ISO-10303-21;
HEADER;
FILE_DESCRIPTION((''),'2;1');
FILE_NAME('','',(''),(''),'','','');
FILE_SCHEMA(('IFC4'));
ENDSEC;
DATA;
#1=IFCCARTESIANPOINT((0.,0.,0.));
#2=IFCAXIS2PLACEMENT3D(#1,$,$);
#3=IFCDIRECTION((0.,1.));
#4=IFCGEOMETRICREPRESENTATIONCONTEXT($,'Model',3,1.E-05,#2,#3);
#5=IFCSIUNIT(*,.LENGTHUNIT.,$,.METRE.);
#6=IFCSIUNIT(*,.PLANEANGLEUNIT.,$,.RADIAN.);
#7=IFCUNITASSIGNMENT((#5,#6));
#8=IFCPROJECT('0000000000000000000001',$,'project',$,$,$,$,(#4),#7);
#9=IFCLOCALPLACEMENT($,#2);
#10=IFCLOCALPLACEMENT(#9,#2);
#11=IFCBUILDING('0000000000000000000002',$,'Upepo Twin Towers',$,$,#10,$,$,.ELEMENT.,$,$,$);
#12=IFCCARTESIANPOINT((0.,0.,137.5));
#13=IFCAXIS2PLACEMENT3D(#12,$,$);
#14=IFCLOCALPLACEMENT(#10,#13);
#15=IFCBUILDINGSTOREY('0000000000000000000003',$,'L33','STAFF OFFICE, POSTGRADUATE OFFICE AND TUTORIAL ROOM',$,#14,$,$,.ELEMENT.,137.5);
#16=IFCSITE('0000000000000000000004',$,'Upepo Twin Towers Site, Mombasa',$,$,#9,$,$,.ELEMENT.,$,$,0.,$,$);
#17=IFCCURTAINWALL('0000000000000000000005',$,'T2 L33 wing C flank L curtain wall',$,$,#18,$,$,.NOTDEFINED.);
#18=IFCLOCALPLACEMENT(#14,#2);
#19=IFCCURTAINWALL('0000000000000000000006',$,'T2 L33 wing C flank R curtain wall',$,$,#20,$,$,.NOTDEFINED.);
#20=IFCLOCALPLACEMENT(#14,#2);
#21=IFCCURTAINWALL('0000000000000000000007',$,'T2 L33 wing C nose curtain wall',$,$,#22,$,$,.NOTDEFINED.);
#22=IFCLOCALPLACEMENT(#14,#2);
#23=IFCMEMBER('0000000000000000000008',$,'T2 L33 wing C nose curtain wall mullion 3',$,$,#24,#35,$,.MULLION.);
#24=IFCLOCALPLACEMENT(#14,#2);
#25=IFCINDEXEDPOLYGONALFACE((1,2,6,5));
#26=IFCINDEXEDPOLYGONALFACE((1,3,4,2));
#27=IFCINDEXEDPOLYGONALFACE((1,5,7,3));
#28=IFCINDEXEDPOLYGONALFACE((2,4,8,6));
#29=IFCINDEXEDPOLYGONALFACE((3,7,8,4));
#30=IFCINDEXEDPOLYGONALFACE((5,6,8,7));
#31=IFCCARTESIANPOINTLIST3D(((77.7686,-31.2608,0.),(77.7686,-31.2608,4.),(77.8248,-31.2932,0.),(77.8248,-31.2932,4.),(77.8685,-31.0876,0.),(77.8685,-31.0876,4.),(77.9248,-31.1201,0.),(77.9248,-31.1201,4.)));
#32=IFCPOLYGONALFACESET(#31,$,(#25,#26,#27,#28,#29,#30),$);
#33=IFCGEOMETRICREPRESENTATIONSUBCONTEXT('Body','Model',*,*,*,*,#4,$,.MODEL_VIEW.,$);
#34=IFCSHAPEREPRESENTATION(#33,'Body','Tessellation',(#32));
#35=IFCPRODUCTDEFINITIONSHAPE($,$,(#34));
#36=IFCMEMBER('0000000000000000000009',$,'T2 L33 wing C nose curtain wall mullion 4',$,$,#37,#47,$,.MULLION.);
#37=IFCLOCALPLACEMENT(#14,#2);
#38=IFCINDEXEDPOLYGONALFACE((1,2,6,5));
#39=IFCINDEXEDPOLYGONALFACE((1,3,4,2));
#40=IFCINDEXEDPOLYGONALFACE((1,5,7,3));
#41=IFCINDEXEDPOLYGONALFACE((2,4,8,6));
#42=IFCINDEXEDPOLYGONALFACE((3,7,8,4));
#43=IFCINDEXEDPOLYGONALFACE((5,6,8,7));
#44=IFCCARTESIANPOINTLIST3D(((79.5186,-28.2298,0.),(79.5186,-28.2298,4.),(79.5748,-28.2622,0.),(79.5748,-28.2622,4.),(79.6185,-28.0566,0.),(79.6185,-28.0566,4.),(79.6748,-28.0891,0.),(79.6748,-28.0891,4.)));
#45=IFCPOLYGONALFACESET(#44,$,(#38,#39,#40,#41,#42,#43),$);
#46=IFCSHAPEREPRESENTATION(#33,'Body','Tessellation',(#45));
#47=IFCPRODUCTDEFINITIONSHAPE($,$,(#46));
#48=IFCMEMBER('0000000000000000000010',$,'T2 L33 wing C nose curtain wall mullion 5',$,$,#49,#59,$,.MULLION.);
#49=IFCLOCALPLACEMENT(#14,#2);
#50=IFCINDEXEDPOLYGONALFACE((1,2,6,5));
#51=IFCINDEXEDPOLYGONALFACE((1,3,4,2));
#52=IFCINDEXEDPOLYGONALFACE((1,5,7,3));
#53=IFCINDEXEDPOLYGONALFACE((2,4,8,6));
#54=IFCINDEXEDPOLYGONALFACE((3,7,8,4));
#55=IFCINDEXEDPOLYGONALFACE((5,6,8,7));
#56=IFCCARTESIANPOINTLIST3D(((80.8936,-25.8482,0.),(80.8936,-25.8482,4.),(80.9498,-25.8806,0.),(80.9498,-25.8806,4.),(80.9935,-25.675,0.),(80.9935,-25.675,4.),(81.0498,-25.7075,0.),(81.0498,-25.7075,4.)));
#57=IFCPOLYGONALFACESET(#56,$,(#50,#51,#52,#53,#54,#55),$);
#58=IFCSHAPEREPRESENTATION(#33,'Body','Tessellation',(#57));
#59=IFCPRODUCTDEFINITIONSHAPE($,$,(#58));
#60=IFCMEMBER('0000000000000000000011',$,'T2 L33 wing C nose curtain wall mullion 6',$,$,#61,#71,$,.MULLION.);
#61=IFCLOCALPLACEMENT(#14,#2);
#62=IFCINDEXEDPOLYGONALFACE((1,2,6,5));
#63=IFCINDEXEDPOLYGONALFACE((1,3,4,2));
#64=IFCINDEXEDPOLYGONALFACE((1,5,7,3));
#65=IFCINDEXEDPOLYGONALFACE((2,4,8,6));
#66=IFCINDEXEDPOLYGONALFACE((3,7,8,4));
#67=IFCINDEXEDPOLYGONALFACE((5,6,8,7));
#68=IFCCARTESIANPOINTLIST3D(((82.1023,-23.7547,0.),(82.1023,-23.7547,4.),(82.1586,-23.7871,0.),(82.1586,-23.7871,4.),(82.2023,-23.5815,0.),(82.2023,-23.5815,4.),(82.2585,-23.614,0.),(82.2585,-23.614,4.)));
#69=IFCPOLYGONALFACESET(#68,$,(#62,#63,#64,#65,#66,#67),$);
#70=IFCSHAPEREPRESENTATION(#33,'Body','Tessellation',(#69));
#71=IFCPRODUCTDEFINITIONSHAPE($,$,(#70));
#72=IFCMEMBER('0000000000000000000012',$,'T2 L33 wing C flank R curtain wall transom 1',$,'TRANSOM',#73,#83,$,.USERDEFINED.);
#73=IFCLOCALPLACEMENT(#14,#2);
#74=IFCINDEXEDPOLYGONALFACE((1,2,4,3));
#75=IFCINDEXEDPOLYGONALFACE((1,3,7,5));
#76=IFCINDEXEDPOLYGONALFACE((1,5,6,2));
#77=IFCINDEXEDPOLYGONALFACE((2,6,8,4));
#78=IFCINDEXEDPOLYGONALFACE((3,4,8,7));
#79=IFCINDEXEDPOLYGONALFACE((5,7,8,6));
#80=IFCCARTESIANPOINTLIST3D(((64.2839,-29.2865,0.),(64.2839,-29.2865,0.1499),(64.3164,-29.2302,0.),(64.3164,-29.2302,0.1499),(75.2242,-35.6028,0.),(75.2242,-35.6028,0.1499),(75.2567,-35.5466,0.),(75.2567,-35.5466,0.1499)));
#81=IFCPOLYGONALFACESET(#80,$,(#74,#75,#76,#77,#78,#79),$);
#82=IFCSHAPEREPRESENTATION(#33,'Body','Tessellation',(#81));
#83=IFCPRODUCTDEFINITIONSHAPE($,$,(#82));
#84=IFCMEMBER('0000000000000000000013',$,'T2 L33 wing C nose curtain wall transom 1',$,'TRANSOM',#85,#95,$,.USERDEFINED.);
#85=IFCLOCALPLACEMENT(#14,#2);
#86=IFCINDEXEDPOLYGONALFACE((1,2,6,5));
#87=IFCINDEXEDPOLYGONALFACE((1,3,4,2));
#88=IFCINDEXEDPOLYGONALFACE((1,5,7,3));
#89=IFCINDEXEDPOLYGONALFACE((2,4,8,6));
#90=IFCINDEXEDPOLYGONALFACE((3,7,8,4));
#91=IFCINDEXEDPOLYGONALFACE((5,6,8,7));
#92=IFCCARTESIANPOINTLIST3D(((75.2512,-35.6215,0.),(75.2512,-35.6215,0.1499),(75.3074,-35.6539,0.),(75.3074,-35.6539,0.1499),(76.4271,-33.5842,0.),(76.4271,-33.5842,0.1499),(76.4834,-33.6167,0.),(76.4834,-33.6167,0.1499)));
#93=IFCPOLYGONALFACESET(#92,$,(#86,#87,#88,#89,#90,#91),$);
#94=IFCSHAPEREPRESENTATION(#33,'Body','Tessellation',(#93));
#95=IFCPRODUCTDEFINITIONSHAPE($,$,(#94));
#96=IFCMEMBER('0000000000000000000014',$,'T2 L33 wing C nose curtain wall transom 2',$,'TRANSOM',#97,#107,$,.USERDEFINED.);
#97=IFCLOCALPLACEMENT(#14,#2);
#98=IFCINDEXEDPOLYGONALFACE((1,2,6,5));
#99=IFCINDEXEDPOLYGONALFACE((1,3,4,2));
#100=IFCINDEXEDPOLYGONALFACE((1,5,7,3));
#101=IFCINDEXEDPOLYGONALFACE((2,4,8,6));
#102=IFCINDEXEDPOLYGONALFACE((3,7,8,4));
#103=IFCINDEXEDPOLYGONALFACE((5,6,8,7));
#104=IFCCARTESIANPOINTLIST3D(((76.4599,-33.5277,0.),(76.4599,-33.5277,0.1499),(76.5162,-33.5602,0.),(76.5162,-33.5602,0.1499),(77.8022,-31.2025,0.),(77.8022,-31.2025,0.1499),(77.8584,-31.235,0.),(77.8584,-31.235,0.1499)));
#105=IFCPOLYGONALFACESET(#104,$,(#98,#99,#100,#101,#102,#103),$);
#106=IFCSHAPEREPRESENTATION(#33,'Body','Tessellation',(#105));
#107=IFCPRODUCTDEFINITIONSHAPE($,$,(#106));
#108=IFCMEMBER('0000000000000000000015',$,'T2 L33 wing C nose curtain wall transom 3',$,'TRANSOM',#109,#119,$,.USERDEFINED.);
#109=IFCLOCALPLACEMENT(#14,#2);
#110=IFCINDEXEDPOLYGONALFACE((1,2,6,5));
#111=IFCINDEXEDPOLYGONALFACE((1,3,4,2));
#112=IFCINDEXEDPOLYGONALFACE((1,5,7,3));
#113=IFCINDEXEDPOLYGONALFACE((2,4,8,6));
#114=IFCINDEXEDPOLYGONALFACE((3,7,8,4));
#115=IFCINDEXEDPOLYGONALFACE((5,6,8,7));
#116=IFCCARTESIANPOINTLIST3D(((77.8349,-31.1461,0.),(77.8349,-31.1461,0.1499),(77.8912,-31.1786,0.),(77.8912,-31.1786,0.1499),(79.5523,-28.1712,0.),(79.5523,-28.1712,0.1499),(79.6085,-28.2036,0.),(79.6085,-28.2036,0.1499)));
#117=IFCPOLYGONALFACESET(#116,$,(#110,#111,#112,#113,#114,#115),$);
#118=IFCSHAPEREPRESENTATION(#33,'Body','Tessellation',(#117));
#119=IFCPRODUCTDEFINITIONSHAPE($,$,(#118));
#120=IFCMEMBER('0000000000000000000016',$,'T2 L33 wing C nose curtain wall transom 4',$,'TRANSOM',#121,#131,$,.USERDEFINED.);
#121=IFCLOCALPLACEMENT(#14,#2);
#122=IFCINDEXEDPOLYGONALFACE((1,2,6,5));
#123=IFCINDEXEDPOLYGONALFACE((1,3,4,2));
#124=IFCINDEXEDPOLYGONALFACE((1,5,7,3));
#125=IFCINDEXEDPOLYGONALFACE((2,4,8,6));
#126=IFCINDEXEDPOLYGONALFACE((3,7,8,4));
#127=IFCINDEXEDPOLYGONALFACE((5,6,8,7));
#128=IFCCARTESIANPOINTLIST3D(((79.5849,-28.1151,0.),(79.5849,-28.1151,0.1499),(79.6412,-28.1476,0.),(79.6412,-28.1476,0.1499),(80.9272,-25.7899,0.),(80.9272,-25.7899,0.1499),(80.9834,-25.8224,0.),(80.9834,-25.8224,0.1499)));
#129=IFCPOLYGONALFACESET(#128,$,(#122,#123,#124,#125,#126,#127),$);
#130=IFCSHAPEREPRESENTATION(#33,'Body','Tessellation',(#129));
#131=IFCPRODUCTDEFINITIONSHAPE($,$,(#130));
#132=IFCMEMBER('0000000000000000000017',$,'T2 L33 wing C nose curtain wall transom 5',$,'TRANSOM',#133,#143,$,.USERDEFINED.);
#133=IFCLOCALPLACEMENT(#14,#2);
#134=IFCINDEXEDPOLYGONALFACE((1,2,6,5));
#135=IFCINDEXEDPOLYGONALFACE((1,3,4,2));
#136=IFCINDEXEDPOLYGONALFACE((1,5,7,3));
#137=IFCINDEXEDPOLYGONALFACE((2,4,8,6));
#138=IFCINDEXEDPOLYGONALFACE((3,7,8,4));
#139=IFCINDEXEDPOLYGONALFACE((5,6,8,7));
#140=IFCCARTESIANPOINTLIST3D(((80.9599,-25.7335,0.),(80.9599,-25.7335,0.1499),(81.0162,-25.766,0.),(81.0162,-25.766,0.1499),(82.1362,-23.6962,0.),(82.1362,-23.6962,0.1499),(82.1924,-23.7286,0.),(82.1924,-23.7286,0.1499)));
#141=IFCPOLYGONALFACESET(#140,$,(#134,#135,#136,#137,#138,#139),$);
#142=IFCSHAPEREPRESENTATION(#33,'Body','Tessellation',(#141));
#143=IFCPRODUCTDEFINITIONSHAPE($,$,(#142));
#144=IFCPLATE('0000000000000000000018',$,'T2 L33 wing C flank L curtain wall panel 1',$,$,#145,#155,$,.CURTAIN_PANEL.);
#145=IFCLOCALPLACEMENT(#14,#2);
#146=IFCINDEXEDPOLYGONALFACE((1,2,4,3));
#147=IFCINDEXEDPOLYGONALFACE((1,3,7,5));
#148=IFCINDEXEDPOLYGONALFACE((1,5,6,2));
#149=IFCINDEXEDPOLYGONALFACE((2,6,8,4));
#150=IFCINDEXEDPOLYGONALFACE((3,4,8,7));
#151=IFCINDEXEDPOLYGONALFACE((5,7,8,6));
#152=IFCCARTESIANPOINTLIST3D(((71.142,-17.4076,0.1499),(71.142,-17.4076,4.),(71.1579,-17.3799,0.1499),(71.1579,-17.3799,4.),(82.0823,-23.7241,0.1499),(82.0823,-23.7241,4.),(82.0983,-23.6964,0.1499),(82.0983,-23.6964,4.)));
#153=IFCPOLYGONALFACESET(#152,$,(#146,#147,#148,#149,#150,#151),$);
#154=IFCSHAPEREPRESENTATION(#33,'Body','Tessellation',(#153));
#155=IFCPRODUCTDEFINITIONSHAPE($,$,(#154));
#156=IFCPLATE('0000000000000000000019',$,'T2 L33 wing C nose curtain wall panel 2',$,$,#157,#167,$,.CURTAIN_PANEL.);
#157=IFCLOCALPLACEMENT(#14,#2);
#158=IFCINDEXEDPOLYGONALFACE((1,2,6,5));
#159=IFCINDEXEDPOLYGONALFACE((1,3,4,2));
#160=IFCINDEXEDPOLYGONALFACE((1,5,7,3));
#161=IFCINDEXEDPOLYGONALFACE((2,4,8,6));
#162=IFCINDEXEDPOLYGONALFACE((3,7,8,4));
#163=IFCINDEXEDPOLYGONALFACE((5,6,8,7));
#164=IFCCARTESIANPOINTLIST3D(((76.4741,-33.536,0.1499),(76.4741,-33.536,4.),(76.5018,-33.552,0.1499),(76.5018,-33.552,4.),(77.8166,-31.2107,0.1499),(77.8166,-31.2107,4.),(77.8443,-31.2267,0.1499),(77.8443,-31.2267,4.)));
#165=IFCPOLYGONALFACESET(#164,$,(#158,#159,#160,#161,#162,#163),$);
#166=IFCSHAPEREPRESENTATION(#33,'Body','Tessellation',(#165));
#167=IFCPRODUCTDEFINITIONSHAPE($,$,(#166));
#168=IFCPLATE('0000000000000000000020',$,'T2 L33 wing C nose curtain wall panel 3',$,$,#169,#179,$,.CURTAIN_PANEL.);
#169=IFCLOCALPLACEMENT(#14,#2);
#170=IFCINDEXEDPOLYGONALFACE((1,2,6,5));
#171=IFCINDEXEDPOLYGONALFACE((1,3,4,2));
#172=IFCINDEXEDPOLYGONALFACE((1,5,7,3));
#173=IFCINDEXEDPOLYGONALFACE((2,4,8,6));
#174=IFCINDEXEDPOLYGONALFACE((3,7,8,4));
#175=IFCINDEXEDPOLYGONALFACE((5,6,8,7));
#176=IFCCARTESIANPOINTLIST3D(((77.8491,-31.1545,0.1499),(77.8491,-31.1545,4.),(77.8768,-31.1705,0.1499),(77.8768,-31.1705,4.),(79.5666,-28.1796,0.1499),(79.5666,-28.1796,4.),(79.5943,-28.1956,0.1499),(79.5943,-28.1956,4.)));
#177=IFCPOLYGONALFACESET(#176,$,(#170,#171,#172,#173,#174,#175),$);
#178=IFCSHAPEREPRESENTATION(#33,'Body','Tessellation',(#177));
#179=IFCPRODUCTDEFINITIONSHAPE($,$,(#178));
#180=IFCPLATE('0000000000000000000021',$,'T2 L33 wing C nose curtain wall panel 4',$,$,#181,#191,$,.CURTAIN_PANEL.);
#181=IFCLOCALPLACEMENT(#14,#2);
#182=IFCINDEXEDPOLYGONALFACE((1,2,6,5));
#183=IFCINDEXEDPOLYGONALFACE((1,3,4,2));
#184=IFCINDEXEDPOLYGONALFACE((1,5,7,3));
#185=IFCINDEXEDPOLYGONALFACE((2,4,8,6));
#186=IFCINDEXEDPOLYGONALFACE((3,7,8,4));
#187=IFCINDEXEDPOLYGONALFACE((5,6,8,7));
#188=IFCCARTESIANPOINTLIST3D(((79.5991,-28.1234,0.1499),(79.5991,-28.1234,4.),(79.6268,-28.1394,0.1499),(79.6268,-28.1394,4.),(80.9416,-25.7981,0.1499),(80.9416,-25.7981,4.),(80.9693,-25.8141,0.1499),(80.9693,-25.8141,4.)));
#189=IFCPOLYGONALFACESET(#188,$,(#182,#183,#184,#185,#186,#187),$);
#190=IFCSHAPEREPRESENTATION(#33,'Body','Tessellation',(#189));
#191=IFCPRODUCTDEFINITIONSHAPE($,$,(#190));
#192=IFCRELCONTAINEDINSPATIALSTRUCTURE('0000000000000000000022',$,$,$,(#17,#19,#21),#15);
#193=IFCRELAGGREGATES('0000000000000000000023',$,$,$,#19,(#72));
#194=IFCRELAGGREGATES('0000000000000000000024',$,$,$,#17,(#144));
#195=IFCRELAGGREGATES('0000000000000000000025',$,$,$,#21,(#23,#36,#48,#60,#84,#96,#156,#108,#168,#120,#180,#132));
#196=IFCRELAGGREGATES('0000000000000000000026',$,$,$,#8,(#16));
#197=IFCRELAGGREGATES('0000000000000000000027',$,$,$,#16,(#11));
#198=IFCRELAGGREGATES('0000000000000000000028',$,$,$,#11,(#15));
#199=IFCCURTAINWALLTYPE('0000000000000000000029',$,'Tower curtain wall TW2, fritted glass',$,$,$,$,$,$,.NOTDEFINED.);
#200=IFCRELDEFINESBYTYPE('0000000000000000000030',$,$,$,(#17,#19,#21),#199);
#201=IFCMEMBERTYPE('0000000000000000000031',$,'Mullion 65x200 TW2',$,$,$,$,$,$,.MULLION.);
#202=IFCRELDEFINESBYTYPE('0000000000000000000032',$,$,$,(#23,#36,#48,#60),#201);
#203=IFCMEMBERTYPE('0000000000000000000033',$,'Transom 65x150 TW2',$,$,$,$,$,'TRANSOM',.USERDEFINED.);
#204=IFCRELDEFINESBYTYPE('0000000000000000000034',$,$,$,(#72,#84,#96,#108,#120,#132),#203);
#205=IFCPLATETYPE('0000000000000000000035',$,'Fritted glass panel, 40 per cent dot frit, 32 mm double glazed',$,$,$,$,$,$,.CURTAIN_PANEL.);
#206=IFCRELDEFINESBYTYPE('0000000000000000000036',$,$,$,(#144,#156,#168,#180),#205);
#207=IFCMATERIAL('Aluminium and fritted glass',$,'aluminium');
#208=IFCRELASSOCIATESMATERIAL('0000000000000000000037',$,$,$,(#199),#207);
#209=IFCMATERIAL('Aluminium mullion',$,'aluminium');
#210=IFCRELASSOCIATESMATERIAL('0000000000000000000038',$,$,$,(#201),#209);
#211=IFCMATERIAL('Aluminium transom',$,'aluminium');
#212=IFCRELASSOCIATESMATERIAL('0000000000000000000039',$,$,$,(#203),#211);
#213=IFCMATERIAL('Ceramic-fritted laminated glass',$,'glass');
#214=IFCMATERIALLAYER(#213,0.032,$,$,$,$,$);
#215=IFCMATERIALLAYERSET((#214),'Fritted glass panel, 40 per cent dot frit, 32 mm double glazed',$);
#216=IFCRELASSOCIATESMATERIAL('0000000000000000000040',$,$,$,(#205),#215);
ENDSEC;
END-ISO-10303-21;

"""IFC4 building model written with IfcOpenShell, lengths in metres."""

from ifc_helpers import new_model, si_unit, direction, frame, origin, origin_2d, place, context, subcontext, project, spatial, rectangle, extrude, material, layer, layer_set, material_profile, profile_set, type_object, element, aggregate, save


model = new_model("IFC4")

# Units and contexts
model_context = context("Model", 3, precision=1e-05, world=origin(), true_north=direction((0.0, 1.0)))
body_context = subcontext(model_context, "Body", "Model", "MODEL_VIEW")
ifc_project = project(units=[si_unit("LENGTHUNIT", "METRE"), si_unit("PLANEANGLEUNIT", "RADIAN")], contexts=[model_context])

# Site, building, storey
site_placement = place(None, origin())
site = spatial("IfcSite", under=ifc_project, at=site_placement, Name="Upepo Twin Towers Site, Mombasa", CompositionType="ELEMENT", RefElevation=0.0)
building_placement = place(site_placement, origin())
building = spatial("IfcBuilding", under=site, at=building_placement, Name="Upepo Twin Towers", CompositionType="ELEMENT")
storey_placement = place(building_placement, frame((0.0, 0.0, 137.5)))
storey = spatial("IfcBuildingStorey", under=building, at=storey_placement, Name="L33", Description="STAFF OFFICE, POSTGRADUATE OFFICE AND TUTORIAL ROOM", CompositionType="ELEMENT", Elevation=137.5)

# Curtain walls
ifc_material_1 = material(Name="Aluminium and fritted glass", Category="aluminium")
curtain_wall_type = type_object("IfcCurtainWallType", Name="Tower curtain wall TW2, fritted glass", PredefinedType="NOTDEFINED", material=ifc_material_1)
curtain_wall_1_placement = place(storey_placement, origin())
curtain_wall_1 = element("IfcCurtainWall", 1, at=curtain_wall_1_placement, inside=storey, type_object=curtain_wall_type, Name="T2 L33 wing C flank L curtain wall", PredefinedType="NOTDEFINED")
ifc_material_2 = material(Name="Aluminium mullion", Category="aluminium")
ifc_material_profile_1 = material_profile(ifc_material_2, rectangle(XDim=0.0649, YDim=0.2, at=origin_2d()), Name="MULLION 65x200")
ifc_profile_set_1 = profile_set([ifc_material_profile_1], Name="Aluminium mullion")
member_type_1 = type_object("IfcMemberType", Name="Mullion 65x200 TW2", PredefinedType="MULLION", material=ifc_profile_set_1)
curtain_wall_2_placement = place(storey_placement, origin())
curtain_wall_2 = element("IfcCurtainWall", 2, at=curtain_wall_2_placement, inside=storey, type_object=curtain_wall_type, Name="T2 L33 wing C flank R curtain wall", PredefinedType="NOTDEFINED")

# Curtain wall, members
curtain_wall_3_placement = place(storey_placement, origin())
curtain_wall_3 = element("IfcCurtainWall", 3, at=curtain_wall_3_placement, inside=storey, type_object=curtain_wall_type, Name="T2 L33 wing C nose curtain wall", PredefinedType="NOTDEFINED")
member_1_placement = place(storey_placement, frame((77.8467, -31.1904, 0.0), z_axis=(0.0, 0.0, 1.0), x_axis=(-0.866025, 0.5, 0.0)))
member_1 = element("IfcMember", 4, at=member_1_placement, type_object=member_type_1, Name="T2 L33 wing C nose curtain wall mullion 3", PredefinedType="MULLION", context=body_context, shape_type="SweptSolid", body=[
    extrude(rectangle(XDim=0.0649, YDim=0.2, at=origin_2d()), origin(), (0.0, 0.0, 1.0), 4.0),
])
member_2_placement = place(storey_placement, frame((79.5967, -28.1594, 0.0), z_axis=(0.0, 0.0, 1.0), x_axis=(-0.866025, 0.5, 0.0)))
member_2 = element("IfcMember", 5, at=member_2_placement, type_object=member_type_1, Name="T2 L33 wing C nose curtain wall mullion 4", PredefinedType="MULLION", context=body_context, shape_type="SweptSolid", body=[
    extrude(rectangle(XDim=0.0649, YDim=0.2, at=origin_2d()), origin(), (0.0, 0.0, 1.0), 4.0),
])
member_3_placement = place(storey_placement, frame((80.9717, -25.7778, 0.0), z_axis=(0.0, 0.0, 1.0), x_axis=(-0.866025, 0.5, 0.0)))
member_3 = element("IfcMember", 6, at=member_3_placement, type_object=member_type_1, Name="T2 L33 wing C nose curtain wall mullion 5", PredefinedType="MULLION", context=body_context, shape_type="SweptSolid", body=[
    extrude(rectangle(XDim=0.0649, YDim=0.2, at=origin_2d()), origin(), (0.0, 0.0, 1.0), 4.0),
])
member_4_placement = place(storey_placement, frame((82.1804, -23.6843, 0.0), z_axis=(0.0, 0.0, 1.0), x_axis=(-0.866025, 0.5, 0.0)))
member_4 = element("IfcMember", 7, at=member_4_placement, type_object=member_type_1, Name="T2 L33 wing C nose curtain wall mullion 6", PredefinedType="MULLION", context=body_context, shape_type="SweptSolid", body=[
    extrude(rectangle(XDim=0.0649, YDim=0.2, at=origin_2d()), origin(), (0.0, 0.0, 1.0), 4.0),
])

# Members
ifc_material_3 = material(Name="Aluminium transom", Category="aluminium")
ifc_material_profile_2 = material_profile(ifc_material_3, rectangle(XDim=0.0649, YDim=0.1499, at=origin_2d()), Name="TRANSOM 65x150")
ifc_profile_set_2 = profile_set([ifc_material_profile_2], Name="Aluminium transom")
member_type_2 = type_object("IfcMemberType", Name="Transom 65x150 TW2", ElementType="TRANSOM", PredefinedType="USERDEFINED", material=ifc_profile_set_2)
member_5_placement = place(storey_placement, frame((75.2405, -35.5747, 0.075), z_axis=(-0.866027, 0.499997, 0.0), x_axis=(-0.499997, -0.866027, 0.0)))
member_5 = element("IfcMember", 8, at=member_5_placement, type_object=member_type_2, Name="T2 L33 wing C flank R curtain wall transom 1", ObjectType="TRANSOM", PredefinedType="USERDEFINED", context=body_context, shape_type="SweptSolid", body=[
    extrude(rectangle(XDim=0.0649, YDim=0.1499, at=origin_2d()), origin(), (0.0, 0.0, 1.0), 12.6328),
])
aggregate(curtain_wall_2, [member_5])
member_6_placement = place(storey_placement, frame((75.2793, -35.6377, 0.075), z_axis=(0.499923, 0.86607, 0.0), x_axis=(-0.86607, 0.499923, 0.0)))
member_6 = element("IfcMember", 9, at=member_6_placement, type_object=member_type_2, Name="T2 L33 wing C nose curtain wall transom 1", ObjectType="TRANSOM", PredefinedType="USERDEFINED", context=body_context, shape_type="SweptSolid", body=[
    extrude(rectangle(XDim=0.0649, YDim=0.1499, at=origin_2d()), origin(), (0.0, 0.0, 1.0), 2.3523),
])
member_7_placement = place(storey_placement, frame((76.488, -33.5439, 0.075), z_axis=(0.499953, 0.866052, 0.0), x_axis=(-0.866052, 0.499953, 0.0)))
member_7 = element("IfcMember", 10, at=member_7_placement, type_object=member_type_2, Name="T2 L33 wing C nose curtain wall transom 2", ObjectType="TRANSOM", PredefinedType="USERDEFINED", context=body_context, shape_type="SweptSolid", body=[
    extrude(rectangle(XDim=0.0649, YDim=0.1499, at=origin_2d()), origin(), (0.0, 0.0, 1.0), 2.6848),
])
member_8_placement = place(storey_placement, frame((77.863, -31.1624, 0.075), z_axis=(0.499946, 0.866057, 0.0), x_axis=(-0.866057, 0.499946, 0.0)))
member_8 = element("IfcMember", 11, at=member_8_placement, type_object=member_type_2, Name="T2 L33 wing C nose curtain wall transom 3", ObjectType="TRANSOM", PredefinedType="USERDEFINED", context=body_context, shape_type="SweptSolid", body=[
    extrude(rectangle(XDim=0.0649, YDim=0.1499, at=origin_2d()), origin(), (0.0, 0.0, 1.0), 3.4351),
])
member_9_placement = place(storey_placement, frame((79.613, -28.1313, 0.075), z_axis=(0.499953, 0.866052, 0.0), x_axis=(-0.866052, 0.499953, 0.0)))
member_9 = element("IfcMember", 12, at=member_9_placement, type_object=member_type_2, Name="T2 L33 wing C nose curtain wall transom 4", ObjectType="TRANSOM", PredefinedType="USERDEFINED", context=body_context, shape_type="SweptSolid", body=[
    extrude(rectangle(XDim=0.0649, YDim=0.1499, at=origin_2d()), origin(), (0.0, 0.0, 1.0), 2.6848),
])
member_10_placement = place(storey_placement, frame((80.988, -25.7498, 0.075), z_axis=(0.500001, 0.866025, 0.0), x_axis=(-0.866025, 0.500001, 0.0)))
member_10 = element("IfcMember", 13, at=member_10_placement, type_object=member_type_2, Name="T2 L33 wing C nose curtain wall transom 5", ObjectType="TRANSOM", PredefinedType="USERDEFINED", context=body_context, shape_type="SweptSolid", body=[
    extrude(rectangle(XDim=0.0649, YDim=0.1499, at=origin_2d()), origin(), (0.0, 0.0, 1.0), 2.3525),
])

# Plates
ifc_material_4 = material(Name="Ceramic-fritted laminated glass", Category="glass")
ifc_layer_1 = layer(ifc_material_4, 0.032)
ifc_layer_set_1 = layer_set([ifc_layer_1], Name="Fritted glass panel, 40 per cent dot frit, 32 mm double glazed")
plate_type_1 = type_object("IfcPlateType", Name="Fritted glass panel, 40 per cent dot frit, 32 mm double glazed", PredefinedType="CURTAIN_PANEL", material=ifc_layer_set_1)
plate_1_placement = place(storey_placement, frame((76.6201, -20.552, 0.1499), z_axis=(0.0, 0.0, 1.0), x_axis=(0.866025, -0.5, 0.0)))
plate_1 = element("IfcPlate", 14, at=plate_1_placement, type_object=plate_type_1, Name="T2 L33 wing C flank L curtain wall panel 1", PredefinedType="CURTAIN_PANEL", context=body_context, shape_type="SweptSolid", body=[
    extrude(rectangle(XDim=12.6328, YDim=0.032, at=origin_2d()), origin(), (0.0, 0.0, 1.0), 3.8501),
])
aggregate(curtain_wall_1, [plate_1])
plate_2_placement = place(storey_placement, frame((77.1592, -32.3813, 0.1499), z_axis=(0.0, 0.0, 1.0), x_axis=(0.5, 0.866025, 0.0)))
plate_2 = element("IfcPlate", 15, at=plate_2_placement, type_object=plate_type_1, Name="T2 L33 wing C nose curtain wall panel 2", PredefinedType="CURTAIN_PANEL", context=body_context, shape_type="SweptSolid", body=[
    extrude(rectangle(XDim=2.6851, YDim=0.032, at=origin_2d()), origin(), (0.0, 0.0, 1.0), 3.8501),
])
plate_3_placement = place(storey_placement, frame((78.7217, -29.675, 0.1499), z_axis=(0.0, 0.0, 1.0), x_axis=(0.5, 0.866025, 0.0)))
plate_3 = element("IfcPlate", 16, at=plate_3_placement, type_object=plate_type_1, Name="T2 L33 wing C nose curtain wall panel 3", PredefinedType="CURTAIN_PANEL", context=body_context, shape_type="SweptSolid", body=[
    extrude(rectangle(XDim=3.4351, YDim=0.032, at=origin_2d()), origin(), (0.0, 0.0, 1.0), 3.8501),
])
plate_4_placement = place(storey_placement, frame((80.2842, -26.9688, 0.1499), z_axis=(0.0, 0.0, 1.0), x_axis=(0.5, 0.866025, 0.0)))
plate_4 = element("IfcPlate", 17, at=plate_4_placement, type_object=plate_type_1, Name="T2 L33 wing C nose curtain wall panel 4", PredefinedType="CURTAIN_PANEL", context=body_context, shape_type="SweptSolid", body=[
    extrude(rectangle(XDim=2.6851, YDim=0.032, at=origin_2d()), origin(), (0.0, 0.0, 1.0), 3.8501),
])
aggregate(curtain_wall_3, [member_1, member_2, member_3, member_4, member_6, member_7, plate_2, member_8, plate_3, member_9, plate_4, member_10])

save(model, "model.ifc")
